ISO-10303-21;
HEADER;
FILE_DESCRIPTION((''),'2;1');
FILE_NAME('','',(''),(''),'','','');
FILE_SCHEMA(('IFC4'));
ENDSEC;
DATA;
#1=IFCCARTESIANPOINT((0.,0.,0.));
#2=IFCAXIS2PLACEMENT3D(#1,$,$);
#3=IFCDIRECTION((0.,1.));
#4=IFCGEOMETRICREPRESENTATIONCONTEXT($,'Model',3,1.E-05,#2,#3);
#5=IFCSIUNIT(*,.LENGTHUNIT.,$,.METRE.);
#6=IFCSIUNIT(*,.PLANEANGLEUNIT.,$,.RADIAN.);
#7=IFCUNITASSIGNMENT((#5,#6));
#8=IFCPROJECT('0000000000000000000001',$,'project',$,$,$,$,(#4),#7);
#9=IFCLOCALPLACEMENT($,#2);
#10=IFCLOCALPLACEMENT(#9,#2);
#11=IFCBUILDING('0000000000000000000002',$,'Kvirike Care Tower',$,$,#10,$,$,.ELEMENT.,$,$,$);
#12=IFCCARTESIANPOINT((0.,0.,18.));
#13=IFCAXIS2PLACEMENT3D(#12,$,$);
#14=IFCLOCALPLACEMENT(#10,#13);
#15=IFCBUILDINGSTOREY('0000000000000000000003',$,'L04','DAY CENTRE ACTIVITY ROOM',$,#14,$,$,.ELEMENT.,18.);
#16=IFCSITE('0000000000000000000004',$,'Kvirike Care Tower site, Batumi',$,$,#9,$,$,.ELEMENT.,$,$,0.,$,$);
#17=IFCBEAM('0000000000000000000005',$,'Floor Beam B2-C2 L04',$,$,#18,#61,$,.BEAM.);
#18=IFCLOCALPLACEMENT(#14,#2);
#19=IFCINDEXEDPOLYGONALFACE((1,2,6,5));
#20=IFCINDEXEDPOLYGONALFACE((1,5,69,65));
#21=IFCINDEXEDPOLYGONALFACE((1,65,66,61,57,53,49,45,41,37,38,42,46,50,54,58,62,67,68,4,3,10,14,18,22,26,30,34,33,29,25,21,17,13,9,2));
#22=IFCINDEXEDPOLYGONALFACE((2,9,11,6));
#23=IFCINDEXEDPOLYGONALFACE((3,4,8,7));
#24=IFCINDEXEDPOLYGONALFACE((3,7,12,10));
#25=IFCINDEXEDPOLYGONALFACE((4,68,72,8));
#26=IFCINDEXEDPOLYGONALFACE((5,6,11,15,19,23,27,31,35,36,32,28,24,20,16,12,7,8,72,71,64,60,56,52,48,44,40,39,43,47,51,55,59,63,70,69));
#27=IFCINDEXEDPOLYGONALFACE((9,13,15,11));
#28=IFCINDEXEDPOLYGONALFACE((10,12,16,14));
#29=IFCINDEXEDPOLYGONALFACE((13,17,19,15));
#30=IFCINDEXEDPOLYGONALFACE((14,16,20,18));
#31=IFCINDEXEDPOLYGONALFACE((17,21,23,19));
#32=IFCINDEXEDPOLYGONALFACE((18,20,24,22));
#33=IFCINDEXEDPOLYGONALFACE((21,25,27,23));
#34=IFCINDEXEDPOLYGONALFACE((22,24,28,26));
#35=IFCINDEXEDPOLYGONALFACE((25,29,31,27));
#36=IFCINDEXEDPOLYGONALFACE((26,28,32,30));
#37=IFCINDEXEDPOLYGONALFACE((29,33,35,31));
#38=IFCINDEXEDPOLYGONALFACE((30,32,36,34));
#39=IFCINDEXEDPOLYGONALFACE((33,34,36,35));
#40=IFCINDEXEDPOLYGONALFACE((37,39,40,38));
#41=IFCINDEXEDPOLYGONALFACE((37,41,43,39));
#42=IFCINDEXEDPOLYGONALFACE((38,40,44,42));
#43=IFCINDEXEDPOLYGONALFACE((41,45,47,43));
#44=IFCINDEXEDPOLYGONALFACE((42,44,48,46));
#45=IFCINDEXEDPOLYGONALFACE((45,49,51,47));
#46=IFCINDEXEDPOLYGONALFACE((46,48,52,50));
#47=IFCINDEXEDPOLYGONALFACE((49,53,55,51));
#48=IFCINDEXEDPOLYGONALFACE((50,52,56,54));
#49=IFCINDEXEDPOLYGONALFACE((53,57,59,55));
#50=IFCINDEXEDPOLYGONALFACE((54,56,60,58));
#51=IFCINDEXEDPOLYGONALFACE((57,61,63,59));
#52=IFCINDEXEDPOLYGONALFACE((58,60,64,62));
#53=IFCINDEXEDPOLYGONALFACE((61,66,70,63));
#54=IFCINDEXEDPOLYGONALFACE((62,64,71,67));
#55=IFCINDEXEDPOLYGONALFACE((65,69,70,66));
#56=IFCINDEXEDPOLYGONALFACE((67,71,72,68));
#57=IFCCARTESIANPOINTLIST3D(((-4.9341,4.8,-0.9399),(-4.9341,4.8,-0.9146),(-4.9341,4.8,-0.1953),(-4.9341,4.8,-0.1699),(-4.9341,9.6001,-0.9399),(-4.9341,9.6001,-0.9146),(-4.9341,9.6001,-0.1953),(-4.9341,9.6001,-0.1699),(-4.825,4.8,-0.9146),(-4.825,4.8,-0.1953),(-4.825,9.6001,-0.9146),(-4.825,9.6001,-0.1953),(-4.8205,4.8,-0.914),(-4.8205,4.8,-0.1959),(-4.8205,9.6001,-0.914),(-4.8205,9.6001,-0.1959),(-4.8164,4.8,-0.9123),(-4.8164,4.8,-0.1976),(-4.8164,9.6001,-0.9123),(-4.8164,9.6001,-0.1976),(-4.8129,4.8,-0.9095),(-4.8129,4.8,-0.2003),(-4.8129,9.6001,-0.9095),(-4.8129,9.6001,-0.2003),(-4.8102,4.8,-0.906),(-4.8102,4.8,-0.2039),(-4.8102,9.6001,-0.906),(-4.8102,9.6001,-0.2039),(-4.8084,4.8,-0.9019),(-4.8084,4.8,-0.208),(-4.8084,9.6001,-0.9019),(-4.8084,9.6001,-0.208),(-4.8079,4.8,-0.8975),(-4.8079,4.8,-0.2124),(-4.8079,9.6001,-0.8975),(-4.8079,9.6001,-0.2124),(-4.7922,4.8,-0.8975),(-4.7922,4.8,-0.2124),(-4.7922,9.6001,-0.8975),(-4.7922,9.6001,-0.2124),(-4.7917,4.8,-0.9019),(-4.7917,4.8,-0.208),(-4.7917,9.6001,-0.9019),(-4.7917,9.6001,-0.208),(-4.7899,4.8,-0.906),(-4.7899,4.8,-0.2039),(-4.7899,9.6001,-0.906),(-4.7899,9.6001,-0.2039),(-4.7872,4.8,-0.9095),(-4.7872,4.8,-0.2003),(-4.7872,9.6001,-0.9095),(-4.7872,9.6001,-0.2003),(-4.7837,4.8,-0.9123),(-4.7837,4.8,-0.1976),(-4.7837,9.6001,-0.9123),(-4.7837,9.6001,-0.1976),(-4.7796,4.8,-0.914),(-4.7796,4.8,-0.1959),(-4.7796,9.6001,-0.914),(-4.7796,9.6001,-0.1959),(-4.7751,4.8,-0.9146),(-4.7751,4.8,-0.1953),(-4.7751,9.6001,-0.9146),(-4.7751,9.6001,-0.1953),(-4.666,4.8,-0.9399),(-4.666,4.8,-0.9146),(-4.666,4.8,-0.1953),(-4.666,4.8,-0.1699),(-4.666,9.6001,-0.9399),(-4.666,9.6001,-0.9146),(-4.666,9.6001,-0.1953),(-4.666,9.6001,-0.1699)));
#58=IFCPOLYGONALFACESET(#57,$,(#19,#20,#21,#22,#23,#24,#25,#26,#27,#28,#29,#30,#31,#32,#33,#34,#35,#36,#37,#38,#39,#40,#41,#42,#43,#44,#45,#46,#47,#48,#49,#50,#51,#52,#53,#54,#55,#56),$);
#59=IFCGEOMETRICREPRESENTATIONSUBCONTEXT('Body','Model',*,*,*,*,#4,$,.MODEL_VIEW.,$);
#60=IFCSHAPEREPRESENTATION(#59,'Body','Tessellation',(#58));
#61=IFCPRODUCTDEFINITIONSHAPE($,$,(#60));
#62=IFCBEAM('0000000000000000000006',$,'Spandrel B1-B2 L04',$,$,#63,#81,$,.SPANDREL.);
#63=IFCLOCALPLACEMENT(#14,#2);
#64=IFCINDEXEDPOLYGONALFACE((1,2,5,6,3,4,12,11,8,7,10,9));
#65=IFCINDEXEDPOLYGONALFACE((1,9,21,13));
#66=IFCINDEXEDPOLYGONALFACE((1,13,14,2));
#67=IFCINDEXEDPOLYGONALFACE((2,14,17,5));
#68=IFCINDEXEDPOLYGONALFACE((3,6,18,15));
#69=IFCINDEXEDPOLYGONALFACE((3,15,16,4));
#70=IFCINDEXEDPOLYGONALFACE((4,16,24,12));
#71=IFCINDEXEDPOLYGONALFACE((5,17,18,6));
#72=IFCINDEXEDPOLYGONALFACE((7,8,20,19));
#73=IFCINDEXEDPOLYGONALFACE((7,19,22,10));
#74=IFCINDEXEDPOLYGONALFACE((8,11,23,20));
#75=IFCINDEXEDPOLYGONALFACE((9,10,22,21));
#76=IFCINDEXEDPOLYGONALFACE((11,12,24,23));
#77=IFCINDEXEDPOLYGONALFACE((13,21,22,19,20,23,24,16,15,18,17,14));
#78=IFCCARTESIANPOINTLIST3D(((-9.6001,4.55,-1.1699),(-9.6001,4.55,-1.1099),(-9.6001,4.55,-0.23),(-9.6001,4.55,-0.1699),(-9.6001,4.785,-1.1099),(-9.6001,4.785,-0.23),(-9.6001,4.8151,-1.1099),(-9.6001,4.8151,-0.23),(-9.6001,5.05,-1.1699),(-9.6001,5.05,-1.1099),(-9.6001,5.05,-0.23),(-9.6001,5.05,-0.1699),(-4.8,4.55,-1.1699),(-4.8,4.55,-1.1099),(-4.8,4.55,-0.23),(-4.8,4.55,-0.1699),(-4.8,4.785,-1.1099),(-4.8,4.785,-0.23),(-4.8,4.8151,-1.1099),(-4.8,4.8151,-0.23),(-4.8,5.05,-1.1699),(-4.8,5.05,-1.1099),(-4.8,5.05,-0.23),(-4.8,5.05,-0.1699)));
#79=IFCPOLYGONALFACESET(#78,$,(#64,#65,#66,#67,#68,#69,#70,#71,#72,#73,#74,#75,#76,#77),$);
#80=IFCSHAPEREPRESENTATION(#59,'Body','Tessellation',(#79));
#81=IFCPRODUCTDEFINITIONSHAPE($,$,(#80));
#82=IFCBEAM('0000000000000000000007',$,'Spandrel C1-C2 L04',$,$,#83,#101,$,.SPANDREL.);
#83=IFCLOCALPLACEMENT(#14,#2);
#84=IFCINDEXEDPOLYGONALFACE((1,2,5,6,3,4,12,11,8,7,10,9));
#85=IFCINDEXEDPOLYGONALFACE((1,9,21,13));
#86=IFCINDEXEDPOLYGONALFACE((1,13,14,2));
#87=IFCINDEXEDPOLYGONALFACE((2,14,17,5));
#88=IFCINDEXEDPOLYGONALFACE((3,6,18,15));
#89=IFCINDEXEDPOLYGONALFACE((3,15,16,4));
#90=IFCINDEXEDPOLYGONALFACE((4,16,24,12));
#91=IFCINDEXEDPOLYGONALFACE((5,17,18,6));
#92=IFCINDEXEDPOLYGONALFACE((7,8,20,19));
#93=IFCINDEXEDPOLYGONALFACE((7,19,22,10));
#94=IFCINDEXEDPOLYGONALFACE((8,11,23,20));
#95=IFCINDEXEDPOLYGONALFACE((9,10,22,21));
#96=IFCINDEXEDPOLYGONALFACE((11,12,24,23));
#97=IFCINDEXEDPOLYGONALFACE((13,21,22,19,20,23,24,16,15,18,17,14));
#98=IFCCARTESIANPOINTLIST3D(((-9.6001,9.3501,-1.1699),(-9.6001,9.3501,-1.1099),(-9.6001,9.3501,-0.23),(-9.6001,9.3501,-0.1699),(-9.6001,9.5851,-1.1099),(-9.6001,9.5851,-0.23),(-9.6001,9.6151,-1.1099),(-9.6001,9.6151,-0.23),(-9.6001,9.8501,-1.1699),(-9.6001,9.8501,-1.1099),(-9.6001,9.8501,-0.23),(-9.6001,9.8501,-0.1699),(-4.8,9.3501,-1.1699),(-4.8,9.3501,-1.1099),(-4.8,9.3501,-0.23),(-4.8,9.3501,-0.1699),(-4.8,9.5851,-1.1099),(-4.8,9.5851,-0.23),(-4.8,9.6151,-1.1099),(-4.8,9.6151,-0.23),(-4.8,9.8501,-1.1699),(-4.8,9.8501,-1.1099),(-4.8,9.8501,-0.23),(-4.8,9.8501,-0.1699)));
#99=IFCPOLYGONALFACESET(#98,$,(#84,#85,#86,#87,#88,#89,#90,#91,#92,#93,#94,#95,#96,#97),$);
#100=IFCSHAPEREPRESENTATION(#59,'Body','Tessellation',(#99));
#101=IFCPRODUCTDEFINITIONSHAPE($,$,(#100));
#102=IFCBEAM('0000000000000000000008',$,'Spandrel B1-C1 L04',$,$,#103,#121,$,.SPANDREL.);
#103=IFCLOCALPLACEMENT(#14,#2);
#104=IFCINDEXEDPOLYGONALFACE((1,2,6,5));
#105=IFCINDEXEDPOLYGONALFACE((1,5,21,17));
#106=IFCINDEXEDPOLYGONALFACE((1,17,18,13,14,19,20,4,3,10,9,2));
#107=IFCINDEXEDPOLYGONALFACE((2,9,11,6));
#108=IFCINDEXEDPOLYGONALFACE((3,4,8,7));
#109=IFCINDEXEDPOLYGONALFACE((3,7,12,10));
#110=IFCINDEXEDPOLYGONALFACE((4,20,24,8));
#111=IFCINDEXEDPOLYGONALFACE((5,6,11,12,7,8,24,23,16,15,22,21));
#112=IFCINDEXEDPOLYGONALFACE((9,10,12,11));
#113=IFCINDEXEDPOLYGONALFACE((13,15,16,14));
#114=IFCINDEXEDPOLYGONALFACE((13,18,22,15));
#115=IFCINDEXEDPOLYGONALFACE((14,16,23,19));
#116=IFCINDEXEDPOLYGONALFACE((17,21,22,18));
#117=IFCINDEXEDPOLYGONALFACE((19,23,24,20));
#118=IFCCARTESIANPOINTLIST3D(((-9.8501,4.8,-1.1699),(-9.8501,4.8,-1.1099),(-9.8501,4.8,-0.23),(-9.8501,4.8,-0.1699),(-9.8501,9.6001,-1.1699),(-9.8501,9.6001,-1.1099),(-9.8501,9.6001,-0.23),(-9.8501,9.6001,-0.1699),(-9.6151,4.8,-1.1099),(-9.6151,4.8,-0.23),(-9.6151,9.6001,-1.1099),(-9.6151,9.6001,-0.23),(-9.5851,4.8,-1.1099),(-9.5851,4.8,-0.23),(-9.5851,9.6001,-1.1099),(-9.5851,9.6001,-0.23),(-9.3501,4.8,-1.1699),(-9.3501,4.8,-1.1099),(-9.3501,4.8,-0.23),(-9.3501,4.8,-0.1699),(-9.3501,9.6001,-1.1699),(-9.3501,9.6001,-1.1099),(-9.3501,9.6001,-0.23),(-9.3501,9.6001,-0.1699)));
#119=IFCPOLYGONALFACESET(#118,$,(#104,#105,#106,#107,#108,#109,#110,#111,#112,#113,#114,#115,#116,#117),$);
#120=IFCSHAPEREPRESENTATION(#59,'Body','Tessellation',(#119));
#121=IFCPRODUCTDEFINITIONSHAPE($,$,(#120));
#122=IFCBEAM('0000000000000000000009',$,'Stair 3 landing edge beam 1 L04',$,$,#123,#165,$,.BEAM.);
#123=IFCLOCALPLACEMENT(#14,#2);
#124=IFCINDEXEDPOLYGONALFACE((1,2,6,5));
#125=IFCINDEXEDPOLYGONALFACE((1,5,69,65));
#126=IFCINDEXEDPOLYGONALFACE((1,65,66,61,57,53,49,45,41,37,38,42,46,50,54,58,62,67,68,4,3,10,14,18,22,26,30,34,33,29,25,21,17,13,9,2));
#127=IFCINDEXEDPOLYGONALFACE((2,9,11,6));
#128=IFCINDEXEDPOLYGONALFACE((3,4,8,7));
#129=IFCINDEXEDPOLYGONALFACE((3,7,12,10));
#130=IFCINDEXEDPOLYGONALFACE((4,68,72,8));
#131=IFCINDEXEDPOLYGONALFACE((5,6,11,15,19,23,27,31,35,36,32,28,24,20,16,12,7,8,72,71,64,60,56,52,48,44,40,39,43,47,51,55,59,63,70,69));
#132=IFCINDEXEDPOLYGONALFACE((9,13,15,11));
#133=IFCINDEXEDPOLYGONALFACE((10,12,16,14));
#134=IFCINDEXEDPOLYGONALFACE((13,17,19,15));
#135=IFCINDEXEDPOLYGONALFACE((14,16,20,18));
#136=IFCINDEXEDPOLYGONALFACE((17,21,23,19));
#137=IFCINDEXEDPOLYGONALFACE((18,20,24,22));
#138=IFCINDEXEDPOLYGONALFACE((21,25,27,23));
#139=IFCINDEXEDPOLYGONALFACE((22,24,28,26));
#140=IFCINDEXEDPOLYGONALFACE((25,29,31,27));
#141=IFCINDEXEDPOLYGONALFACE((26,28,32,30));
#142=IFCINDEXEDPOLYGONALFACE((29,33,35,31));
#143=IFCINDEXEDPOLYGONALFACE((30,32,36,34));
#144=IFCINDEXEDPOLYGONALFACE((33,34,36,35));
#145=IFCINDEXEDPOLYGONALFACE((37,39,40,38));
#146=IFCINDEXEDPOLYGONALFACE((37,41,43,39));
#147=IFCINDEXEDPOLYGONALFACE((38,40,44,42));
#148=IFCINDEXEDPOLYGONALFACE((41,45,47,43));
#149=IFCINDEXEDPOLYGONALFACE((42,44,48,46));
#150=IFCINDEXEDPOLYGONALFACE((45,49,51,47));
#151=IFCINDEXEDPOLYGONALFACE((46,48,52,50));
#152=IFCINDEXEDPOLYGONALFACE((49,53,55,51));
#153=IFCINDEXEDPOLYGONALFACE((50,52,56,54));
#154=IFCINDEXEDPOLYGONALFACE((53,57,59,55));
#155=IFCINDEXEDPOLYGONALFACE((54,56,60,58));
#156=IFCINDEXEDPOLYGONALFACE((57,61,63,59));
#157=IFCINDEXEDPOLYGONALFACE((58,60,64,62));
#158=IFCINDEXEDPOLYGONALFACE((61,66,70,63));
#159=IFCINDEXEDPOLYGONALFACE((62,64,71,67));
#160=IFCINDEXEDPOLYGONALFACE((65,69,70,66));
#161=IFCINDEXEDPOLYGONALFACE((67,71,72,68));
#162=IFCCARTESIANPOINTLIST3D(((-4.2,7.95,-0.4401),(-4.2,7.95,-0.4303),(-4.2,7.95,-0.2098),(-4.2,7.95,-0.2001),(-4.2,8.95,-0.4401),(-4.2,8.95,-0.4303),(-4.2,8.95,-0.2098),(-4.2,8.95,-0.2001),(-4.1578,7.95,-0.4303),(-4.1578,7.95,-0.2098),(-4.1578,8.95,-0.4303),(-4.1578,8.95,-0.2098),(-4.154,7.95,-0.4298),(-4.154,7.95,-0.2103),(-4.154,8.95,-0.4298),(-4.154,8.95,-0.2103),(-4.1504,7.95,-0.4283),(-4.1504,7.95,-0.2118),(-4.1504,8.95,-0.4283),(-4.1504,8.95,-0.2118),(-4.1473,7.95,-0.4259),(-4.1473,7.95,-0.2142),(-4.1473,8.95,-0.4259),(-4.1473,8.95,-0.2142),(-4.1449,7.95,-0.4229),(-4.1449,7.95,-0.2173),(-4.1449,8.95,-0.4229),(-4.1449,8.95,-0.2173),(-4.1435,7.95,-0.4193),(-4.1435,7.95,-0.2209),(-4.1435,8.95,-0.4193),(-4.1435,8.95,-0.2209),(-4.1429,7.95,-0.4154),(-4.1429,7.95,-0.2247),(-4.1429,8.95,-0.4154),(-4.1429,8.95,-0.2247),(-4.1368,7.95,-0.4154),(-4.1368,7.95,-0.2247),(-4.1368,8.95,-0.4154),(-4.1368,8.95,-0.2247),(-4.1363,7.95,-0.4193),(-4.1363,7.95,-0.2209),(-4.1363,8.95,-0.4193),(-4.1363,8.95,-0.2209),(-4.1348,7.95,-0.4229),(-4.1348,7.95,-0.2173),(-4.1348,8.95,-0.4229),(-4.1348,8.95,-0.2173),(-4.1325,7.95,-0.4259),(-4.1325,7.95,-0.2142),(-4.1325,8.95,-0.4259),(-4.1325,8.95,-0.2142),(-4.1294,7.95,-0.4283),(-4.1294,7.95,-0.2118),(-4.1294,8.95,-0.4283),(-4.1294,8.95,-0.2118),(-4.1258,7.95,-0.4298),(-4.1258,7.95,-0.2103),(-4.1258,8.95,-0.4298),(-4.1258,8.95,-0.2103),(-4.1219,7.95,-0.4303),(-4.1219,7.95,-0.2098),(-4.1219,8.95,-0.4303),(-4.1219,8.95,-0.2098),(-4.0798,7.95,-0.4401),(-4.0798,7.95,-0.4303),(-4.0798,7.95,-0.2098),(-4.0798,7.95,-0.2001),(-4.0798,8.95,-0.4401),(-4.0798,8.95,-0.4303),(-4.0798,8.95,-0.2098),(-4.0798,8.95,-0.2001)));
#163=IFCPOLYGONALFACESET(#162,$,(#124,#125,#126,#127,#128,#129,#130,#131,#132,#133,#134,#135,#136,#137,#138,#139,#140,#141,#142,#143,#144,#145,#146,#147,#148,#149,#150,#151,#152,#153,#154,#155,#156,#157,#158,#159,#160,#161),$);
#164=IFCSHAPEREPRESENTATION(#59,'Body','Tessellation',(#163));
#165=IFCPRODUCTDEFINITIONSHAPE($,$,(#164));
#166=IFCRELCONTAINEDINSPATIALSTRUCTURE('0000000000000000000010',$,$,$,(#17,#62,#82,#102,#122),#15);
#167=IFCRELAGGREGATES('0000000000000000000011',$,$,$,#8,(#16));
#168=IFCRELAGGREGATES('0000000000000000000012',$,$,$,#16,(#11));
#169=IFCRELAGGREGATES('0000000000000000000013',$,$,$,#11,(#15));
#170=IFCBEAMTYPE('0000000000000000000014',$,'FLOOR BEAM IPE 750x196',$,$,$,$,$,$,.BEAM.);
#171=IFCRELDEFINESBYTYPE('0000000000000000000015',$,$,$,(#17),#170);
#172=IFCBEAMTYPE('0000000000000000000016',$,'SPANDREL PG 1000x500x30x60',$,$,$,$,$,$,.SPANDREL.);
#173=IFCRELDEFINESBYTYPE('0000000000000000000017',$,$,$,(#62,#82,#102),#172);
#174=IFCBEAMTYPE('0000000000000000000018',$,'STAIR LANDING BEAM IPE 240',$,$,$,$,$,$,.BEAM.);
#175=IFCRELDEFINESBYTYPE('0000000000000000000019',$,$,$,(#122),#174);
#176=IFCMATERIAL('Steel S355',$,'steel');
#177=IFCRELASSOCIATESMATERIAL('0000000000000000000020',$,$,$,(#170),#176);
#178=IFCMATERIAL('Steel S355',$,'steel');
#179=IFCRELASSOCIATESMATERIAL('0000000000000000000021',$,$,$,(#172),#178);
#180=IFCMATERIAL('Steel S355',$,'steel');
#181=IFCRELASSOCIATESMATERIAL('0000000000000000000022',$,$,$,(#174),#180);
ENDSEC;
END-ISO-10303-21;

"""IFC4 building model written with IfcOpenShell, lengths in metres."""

from ifc_helpers import new_model, si_unit, direction, frame, origin, origin_2d, place, context, subcontext, project, spatial, i_section, extrude, material, material_profile, profile_set, type_object, element, save


model = new_model("IFC4")

# Units and contexts
model_context = context("Model", 3, precision=1e-05, world=origin(), true_north=direction((0.0, 1.0)))
body_context = subcontext(model_context, "Body", "Model", "MODEL_VIEW")
ifc_project = project(units=[si_unit("LENGTHUNIT", "METRE"), si_unit("PLANEANGLEUNIT", "RADIAN")], contexts=[model_context])

# Site, building, storey
site_placement = place(None, origin())
site = spatial("IfcSite", under=ifc_project, at=site_placement, Name="Kvirike Care Tower site, Batumi", CompositionType="ELEMENT", RefElevation=0.0)
building_placement = place(site_placement, origin())
building = spatial("IfcBuilding", under=site, at=building_placement, Name="Kvirike Care Tower", CompositionType="ELEMENT")
storey_placement = place(building_placement, frame((0.0, 0.0, 18.0)))
storey = spatial("IfcBuildingStorey", under=building, at=storey_placement, Name="L04", Description="DAY CENTRE ACTIVITY ROOM", CompositionType="ELEMENT", Elevation=18.0)

# Beams
ifc_material_1 = material(Name="Steel S355", Category="steel")
ifc_material_profile_1 = material_profile(ifc_material_1, i_section(OverallWidth=0.2681, OverallDepth=0.77, WebThickness=0.0156, FlangeThickness=0.0254, FilletRadius=0.0171, at=origin_2d()), Name="IPE 750x196")
ifc_profile_set_1 = profile_set([ifc_material_profile_1], Name="Steel S355")
beam_type_1 = type_object("IfcBeamType", Name="FLOOR BEAM IPE 750x196", PredefinedType="BEAM", material=ifc_profile_set_1)
beam_placement = place(storey_placement, frame((-4.8, 4.8, -0.5549), z_axis=(0.0, 1.0, 0.0), x_axis=(-1.0, 0.0, 0.0)))
element("IfcBeam", 1, at=beam_placement, inside=storey, type_object=beam_type_1, Name="Floor Beam B2-C2 L04", PredefinedType="BEAM", context=body_context, shape_type="SweptSolid", body=[
    extrude(i_section(OverallWidth=0.2681, OverallDepth=0.77, WebThickness=0.0156, FlangeThickness=0.0254, FilletRadius=0.0171, at=origin_2d()), origin(), (0.0, 0.0, 1.0), 4.8),
])
ifc_material_2 = material(Name="Steel S355", Category="steel")
ifc_material_profile_2 = material_profile(ifc_material_2, i_section(OverallWidth=0.5, OverallDepth=1.0, WebThickness=0.03, FlangeThickness=0.0601, at=origin_2d()), Name="PG 1000x500x30x60")
ifc_profile_set_2 = profile_set([ifc_material_profile_2], Name="Steel S355")
beam_type_2 = type_object("IfcBeamType", Name="SPANDREL PG 1000x500x30x60", PredefinedType="SPANDREL", material=ifc_profile_set_2)
for number, where, z_axis, x_axis, name in (
    (2, (-9.6001, 4.8, -0.6699), (1.0, 0.0, 0.0), (0.0, 1.0, 0.0), "Spandrel B1-B2 L04"),
    (3, (-9.6001, 9.6001, -0.6699), (1.0, 0.0, 0.0), (0.0, 1.0, 0.0), "Spandrel C1-C2 L04"),
    (4, (-9.6001, 4.8, -0.6699), (0.0, 1.0, 0.0), (-1.0, 0.0, 0.0), "Spandrel B1-C1 L04"),
):
    element("IfcBeam", number, at=place(storey_placement, frame(where, z_axis=z_axis, x_axis=x_axis)), inside=storey, type_object=beam_type_2, Name=name, PredefinedType="SPANDREL", context=body_context, shape_type="SweptSolid", body=[
        extrude(i_section(OverallWidth=0.5, OverallDepth=1.0, WebThickness=0.03, FlangeThickness=0.0601, at=origin_2d()), origin(), (0.0, 0.0, 1.0), 4.8),
    ])
ifc_material_3 = material(Name="Steel S355", Category="steel")
ifc_material_profile_3 = material_profile(ifc_material_3, i_section(OverallWidth=0.1201, OverallDepth=0.24, WebThickness=0.0061, FlangeThickness=0.0098, FilletRadius=0.0149, at=origin_2d()), Name="IPE 240")
ifc_profile_set_3 = profile_set([ifc_material_profile_3], Name="Steel S355")
beam_type_3 = type_object("IfcBeamType", Name="STAIR LANDING BEAM IPE 240", PredefinedType="BEAM", material=ifc_profile_set_3)
for number, where, z_axis, x_axis, name in (
    (5, (-4.1399, 8.95, -0.3201), (0.0, -1.0, 0.0), (1.0, 0.0, 0.0), "Stair 3 landing edge beam 1 L04"),
):
    element("IfcBeam", number, at=place(storey_placement, frame(where, z_axis=z_axis, x_axis=x_axis)), inside=storey, type_object=beam_type_3, Name=name, PredefinedType="BEAM", context=body_context, shape_type="SweptSolid", body=[
        extrude(i_section(OverallWidth=0.1201, OverallDepth=0.24, WebThickness=0.0061, FlangeThickness=0.0098, FilletRadius=0.0149, at=origin_2d()), origin(), (0.0, 0.0, 1.0), 1.0),
    ])

save(model, "model.ifc")
